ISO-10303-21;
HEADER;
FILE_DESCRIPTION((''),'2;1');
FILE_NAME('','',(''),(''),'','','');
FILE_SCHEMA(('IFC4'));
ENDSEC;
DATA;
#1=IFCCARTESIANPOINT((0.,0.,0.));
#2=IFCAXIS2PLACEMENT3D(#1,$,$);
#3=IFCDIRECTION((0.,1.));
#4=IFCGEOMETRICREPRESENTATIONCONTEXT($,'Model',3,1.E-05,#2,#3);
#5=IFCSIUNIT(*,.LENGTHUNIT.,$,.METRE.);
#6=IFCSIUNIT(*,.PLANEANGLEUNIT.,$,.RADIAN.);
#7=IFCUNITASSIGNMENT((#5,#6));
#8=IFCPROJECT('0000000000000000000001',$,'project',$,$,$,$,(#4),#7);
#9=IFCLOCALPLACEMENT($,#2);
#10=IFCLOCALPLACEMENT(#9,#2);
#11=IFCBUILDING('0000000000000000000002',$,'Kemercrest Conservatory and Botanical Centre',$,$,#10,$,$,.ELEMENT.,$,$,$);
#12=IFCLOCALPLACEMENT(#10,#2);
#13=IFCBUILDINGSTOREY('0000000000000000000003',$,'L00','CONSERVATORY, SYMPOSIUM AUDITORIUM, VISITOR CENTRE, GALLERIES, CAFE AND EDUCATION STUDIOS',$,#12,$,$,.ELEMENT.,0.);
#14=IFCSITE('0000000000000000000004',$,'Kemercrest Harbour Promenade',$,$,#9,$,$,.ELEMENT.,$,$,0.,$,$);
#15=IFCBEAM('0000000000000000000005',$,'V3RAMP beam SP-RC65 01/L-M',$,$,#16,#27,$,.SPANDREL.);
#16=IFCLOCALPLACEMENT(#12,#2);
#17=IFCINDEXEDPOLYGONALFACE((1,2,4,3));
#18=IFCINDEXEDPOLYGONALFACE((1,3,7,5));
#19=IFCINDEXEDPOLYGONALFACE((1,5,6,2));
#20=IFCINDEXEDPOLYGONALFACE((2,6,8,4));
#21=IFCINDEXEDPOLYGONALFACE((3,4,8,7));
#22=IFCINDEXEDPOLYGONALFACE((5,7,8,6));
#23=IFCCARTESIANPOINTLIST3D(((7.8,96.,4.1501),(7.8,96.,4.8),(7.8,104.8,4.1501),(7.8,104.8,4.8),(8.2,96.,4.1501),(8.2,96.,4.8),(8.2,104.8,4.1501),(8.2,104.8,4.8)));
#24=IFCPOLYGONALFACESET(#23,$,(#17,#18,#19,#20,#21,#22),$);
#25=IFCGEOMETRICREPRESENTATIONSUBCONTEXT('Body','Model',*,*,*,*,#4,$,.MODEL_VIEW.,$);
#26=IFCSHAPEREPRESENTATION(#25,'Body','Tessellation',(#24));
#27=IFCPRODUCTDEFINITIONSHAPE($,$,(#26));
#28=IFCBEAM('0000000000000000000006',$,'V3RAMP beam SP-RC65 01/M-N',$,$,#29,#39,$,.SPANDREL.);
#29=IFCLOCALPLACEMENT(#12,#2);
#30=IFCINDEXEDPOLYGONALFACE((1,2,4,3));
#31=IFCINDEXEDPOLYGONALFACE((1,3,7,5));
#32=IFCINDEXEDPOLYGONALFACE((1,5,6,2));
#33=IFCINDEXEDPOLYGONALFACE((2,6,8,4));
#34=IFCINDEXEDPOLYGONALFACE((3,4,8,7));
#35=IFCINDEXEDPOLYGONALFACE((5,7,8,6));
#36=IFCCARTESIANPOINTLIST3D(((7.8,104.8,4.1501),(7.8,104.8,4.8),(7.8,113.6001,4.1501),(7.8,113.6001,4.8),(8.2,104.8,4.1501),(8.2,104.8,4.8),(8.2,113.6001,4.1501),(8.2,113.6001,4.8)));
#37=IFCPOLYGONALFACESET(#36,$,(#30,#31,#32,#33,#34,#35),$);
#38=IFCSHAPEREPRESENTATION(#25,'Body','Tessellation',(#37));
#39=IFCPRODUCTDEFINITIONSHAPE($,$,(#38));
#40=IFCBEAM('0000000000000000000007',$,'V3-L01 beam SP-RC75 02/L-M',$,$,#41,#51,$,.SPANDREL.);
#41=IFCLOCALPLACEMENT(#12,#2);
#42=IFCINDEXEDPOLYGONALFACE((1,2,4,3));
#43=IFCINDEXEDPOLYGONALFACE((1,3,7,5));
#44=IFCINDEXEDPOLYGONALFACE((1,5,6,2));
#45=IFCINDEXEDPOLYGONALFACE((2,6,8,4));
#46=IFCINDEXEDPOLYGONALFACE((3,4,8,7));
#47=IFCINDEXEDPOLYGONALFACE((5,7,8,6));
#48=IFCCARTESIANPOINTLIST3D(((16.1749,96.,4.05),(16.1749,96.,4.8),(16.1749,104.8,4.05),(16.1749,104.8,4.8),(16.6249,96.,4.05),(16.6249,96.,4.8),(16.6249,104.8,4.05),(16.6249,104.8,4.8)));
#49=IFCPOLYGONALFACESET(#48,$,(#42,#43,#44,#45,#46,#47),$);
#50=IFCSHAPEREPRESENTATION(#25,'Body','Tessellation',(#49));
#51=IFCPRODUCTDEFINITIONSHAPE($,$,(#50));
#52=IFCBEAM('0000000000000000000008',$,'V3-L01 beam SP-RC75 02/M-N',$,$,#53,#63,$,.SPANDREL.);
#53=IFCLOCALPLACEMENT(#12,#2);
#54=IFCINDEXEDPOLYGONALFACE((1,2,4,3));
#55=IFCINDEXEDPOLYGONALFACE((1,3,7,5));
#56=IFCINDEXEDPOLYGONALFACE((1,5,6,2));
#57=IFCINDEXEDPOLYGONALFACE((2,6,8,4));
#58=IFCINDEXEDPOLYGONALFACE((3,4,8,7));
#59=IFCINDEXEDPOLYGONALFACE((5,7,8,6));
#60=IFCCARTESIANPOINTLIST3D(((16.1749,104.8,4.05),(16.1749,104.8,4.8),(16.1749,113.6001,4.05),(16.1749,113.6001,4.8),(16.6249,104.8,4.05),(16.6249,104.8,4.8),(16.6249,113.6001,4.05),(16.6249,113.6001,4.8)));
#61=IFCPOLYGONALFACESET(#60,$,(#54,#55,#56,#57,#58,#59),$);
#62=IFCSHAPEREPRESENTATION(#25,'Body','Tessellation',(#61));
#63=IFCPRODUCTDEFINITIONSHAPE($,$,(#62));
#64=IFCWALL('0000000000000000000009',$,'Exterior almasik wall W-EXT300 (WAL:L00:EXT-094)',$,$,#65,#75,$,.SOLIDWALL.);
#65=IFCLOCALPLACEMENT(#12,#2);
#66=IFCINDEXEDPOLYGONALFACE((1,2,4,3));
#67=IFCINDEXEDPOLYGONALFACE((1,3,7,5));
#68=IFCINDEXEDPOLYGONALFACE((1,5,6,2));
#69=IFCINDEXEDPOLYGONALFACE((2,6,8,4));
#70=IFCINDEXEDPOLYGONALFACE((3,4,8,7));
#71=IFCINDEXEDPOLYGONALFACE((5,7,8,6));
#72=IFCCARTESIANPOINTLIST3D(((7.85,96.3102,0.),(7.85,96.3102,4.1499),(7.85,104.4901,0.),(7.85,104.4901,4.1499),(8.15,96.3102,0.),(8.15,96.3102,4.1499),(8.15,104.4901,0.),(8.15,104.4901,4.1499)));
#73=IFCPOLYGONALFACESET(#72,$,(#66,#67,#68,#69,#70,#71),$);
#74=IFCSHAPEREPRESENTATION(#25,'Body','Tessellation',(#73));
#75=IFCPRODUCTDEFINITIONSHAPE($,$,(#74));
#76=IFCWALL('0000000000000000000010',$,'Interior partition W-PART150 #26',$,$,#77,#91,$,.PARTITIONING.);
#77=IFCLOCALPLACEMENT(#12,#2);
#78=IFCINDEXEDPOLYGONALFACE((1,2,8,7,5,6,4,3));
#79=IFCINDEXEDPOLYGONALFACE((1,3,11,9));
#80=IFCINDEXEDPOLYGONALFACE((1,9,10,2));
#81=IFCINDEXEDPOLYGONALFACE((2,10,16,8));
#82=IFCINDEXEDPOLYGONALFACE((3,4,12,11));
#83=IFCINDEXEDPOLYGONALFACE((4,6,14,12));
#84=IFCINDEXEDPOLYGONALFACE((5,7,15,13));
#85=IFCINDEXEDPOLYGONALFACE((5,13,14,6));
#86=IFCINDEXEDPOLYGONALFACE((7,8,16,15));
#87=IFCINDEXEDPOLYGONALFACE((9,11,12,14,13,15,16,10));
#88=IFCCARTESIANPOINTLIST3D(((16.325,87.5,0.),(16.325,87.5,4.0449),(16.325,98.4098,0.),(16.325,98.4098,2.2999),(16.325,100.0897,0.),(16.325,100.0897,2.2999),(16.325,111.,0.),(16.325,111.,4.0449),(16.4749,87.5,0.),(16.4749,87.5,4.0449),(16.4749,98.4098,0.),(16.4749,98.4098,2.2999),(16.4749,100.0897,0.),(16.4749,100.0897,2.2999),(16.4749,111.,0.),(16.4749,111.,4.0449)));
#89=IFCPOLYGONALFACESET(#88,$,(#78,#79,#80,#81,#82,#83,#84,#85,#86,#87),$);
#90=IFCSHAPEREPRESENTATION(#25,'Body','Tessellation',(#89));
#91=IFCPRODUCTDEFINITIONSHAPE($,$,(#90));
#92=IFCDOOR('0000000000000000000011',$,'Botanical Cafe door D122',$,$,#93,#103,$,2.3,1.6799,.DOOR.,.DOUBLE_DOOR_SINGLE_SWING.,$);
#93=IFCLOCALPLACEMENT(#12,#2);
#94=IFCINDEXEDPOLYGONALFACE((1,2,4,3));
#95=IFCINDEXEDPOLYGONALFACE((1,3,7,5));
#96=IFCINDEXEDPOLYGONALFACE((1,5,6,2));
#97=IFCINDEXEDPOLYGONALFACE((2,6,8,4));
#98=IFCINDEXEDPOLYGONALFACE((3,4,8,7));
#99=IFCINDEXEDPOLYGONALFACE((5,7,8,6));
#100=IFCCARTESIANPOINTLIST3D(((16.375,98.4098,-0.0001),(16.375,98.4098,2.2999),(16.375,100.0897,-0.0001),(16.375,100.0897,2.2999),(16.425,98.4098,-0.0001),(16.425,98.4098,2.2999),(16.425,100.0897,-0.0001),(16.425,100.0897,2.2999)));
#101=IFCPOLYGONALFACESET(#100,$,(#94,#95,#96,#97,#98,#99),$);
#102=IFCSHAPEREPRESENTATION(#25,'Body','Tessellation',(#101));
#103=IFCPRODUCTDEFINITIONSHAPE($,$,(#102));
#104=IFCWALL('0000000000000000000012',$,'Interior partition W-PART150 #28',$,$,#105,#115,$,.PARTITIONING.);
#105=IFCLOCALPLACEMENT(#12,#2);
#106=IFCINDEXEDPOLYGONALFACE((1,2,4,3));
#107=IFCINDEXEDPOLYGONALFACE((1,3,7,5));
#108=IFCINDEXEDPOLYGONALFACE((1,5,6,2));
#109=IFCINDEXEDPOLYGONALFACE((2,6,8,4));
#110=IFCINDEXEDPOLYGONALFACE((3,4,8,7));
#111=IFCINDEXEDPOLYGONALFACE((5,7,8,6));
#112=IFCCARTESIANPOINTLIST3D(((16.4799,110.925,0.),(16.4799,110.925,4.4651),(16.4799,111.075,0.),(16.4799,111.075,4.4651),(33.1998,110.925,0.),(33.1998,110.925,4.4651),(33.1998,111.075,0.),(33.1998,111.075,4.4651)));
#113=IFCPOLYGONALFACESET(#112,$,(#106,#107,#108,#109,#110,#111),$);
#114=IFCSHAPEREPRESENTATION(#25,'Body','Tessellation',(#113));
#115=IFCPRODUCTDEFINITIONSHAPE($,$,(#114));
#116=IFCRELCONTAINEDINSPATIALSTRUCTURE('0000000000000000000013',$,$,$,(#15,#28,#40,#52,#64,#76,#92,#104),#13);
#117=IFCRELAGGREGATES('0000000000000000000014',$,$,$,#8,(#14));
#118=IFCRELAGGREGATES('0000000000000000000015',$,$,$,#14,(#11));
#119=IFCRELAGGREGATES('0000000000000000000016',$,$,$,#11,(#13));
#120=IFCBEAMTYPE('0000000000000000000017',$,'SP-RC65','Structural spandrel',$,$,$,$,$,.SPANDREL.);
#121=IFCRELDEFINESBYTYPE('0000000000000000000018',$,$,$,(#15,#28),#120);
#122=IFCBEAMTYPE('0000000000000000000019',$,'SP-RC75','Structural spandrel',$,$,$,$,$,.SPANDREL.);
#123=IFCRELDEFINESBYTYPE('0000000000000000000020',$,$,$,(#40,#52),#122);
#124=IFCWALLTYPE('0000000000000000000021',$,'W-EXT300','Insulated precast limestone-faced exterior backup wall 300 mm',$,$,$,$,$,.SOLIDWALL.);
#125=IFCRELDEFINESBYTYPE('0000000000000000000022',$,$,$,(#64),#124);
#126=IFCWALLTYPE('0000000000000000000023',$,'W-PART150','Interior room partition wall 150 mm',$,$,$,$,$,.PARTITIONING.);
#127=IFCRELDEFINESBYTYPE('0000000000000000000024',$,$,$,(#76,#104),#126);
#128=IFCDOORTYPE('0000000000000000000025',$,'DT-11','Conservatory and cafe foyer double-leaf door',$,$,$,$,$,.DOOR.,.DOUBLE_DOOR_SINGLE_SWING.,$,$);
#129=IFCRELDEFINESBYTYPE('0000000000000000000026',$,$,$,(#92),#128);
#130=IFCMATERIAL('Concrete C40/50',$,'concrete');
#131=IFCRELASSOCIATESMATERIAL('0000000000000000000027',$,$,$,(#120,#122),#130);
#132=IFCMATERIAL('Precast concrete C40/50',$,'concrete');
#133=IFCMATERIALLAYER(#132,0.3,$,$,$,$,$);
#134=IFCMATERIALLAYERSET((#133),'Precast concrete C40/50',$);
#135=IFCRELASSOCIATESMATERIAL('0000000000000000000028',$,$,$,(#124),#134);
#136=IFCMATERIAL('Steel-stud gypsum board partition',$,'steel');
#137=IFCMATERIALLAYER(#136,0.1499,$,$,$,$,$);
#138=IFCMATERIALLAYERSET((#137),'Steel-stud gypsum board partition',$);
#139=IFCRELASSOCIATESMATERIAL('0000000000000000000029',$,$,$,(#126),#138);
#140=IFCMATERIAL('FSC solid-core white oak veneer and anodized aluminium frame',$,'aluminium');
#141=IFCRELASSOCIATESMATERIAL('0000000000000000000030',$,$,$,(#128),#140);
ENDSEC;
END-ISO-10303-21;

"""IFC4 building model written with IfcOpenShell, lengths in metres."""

from ifc_helpers import new_model, si_unit, direction, frame, frame_2d, origin, origin_2d, place, context, subcontext, project, spatial, rectangle, extrude, material, layer, layer_set, material_profile, profile_set, type_object, element, fill, save


model = new_model("IFC4")

# Units and contexts
model_context = context("Model", 3, precision=1e-05, world=origin(), true_north=direction((0.0, 1.0)))
body_context = subcontext(model_context, "Body", "Model", "MODEL_VIEW")
ifc_project = project(units=[si_unit("LENGTHUNIT", "METRE"), si_unit("PLANEANGLEUNIT", "RADIAN")], contexts=[model_context])

# Site, building, storey
site_placement = place(None, origin())
site = spatial("IfcSite", under=ifc_project, at=site_placement, Name="Kemercrest Harbour Promenade", CompositionType="ELEMENT", RefElevation=0.0)
building_placement = place(site_placement, origin())
building = spatial("IfcBuilding", under=site, at=building_placement, Name="Kemercrest Conservatory and Botanical Centre", CompositionType="ELEMENT")
storey_placement = place(building_placement, origin())
storey = spatial("IfcBuildingStorey", under=building, at=storey_placement, Name="L00", Description="CONSERVATORY, SYMPOSIUM AUDITORIUM, VISITOR CENTRE, GALLERIES, CAFE AND EDUCATION STUDIOS", CompositionType="ELEMENT", Elevation=0.0)

# Shared definitions
ifc_material_1 = material(Name="Concrete C40/50", Category="concrete")

# Beams
ifc_material_profile_1 = material_profile(ifc_material_1, rectangle(XDim=0.3999, YDim=0.6499, at=origin_2d()), Name="RC 400x650")
ifc_profile_set_1 = profile_set([ifc_material_profile_1], Name="Concrete C40/50")
beam_type_1 = type_object("IfcBeamType", Name="SP-RC65", Description="Structural spandrel", PredefinedType="SPANDREL", material=ifc_profile_set_1)
for number, where, z_axis, x_axis, name in (
    (1, (8.0, 96.0, 4.4751), (0.0, 1.0, 0.0), (-1.0, 0.0, 0.0), "V3RAMP beam SP-RC65 01/L-M"),
    (2, (8.0, 104.8, 4.4751), (0.0, 1.0, 0.0), (-1.0, 0.0, 0.0), "V3RAMP beam SP-RC65 01/M-N"),
):
    element("IfcBeam", number, at=place(storey_placement, frame(where, z_axis=z_axis, x_axis=x_axis)), inside=storey, type_object=beam_type_1, Name=name, PredefinedType="SPANDREL", context=body_context, shape_type="SweptSolid", body=[
        extrude(rectangle(XDim=0.3999, YDim=0.6499, at=origin_2d()), origin(), (0.0, 0.0, 1.0), 8.8),
    ])
ifc_material_profile_2 = material_profile(ifc_material_1, rectangle(XDim=0.45, YDim=0.75, at=origin_2d()), Name="RC 450x750")
ifc_profile_set_2 = profile_set([ifc_material_profile_2], Name="Concrete C40/50")
beam_type_2 = type_object("IfcBeamType", Name="SP-RC75", Description="Structural spandrel", PredefinedType="SPANDREL", material=ifc_profile_set_2)
for number, where, z_axis, x_axis, name in (
    (3, (16.3999, 96.0, 4.425), (0.0, 1.0, 0.0), (-1.0, 0.0, 0.0), "V3-L01 beam SP-RC75 02/L-M"),
    (4, (16.3999, 104.8, 4.425), (0.0, 1.0, 0.0), (-1.0, 0.0, 0.0), "V3-L01 beam SP-RC75 02/M-N"),
):
    element("IfcBeam", number, at=place(storey_placement, frame(where, z_axis=z_axis, x_axis=x_axis)), inside=storey, type_object=beam_type_2, Name=name, PredefinedType="SPANDREL", context=body_context, shape_type="SweptSolid", body=[
        extrude(rectangle(XDim=0.45, YDim=0.75, at=origin_2d()), origin(), (0.0, 0.0, 1.0), 8.8),
    ])

# Wall
ifc_material_2 = material(Name="Precast concrete C40/50", Category="concrete")
ifc_layer_1 = layer(ifc_material_2, 0.3)
ifc_layer_set_1 = layer_set([ifc_layer_1], Name="Precast concrete C40/50")
wall_type_1 = type_object("IfcWallType", Name="W-EXT300", Description="Insulated precast limestone-faced exterior backup wall 300 mm", PredefinedType="SOLIDWALL", material=ifc_layer_set_1)
for number, where, z_axis, x_axis, name in (
    (5, (8.0, 104.49, 0.0), (0.0, 0.0, 1.0), (0.0, -1.0, 0.0), "Exterior almasik wall W-EXT300 (WAL:L00:EXT-094)"),
):
    element("IfcWall", number, at=place(storey_placement, frame(where, z_axis=z_axis, x_axis=x_axis)), inside=storey, type_object=wall_type_1, Name=name, PredefinedType="SOLIDWALL", context=body_context, shape_type="SweptSolid", body=[
        extrude(rectangle(XDim=8.1799, YDim=0.3, at=frame_2d((4.0898, 0.0))), origin(), (0.0, 0.0, 1.0), 4.1499),
    ])

# Wall, opening, door
ifc_material_3 = material(Name="Steel-stud gypsum board partition", Category="steel")
ifc_layer_2 = layer(ifc_material_3, 0.1499)
ifc_layer_set_2 = layer_set([ifc_layer_2], Name="Steel-stud gypsum board partition")
wall_type_2 = type_object("IfcWallType", Name="W-PART150", Description="Interior room partition wall 150 mm", PredefinedType="PARTITIONING", material=ifc_layer_set_2)
wall_1_placement = place(storey_placement, frame((16.3999, 87.5, 0.0), z_axis=(0.0, 0.0, 1.0), x_axis=(0.0, 1.0, 0.0)))
wall_1 = element("IfcWall", 6, at=wall_1_placement, inside=storey, type_object=wall_type_2, Name="Interior partition W-PART150 #26", PredefinedType="PARTITIONING", context=body_context, shape_type="SweptSolid", body=[
    extrude(rectangle(XDim=23.5, YDim=0.1499, at=frame_2d((11.75, 0.0))), origin(), (0.0, 0.0, 1.0), 4.0449),
])
opening_placement = place(wall_1_placement, frame((10.9099, 0.0, 0.0)))
opening = element("IfcOpeningElement", 7, at=opening_placement, cuts=wall_1, PredefinedType="OPENING", context=body_context, shape_type="SweptSolid", body=[
    extrude(rectangle(XDim=1.6799, YDim=2.3, at=frame_2d((0.8398, 1.1499))), frame((0.0, 0.085, 0.0), z_axis=(0.0, -1.0, 0.0), x_axis=(1.0, 0.0, 0.0)), (0.0, 0.0, 1.0), 0.1699),
])
ifc_material_4 = material(Name="FSC solid-core white oak veneer and anodized aluminium frame", Category="aluminium")
door_type = type_object("IfcDoorType", Name="DT-11", Description="Conservatory and cafe foyer double-leaf door", OperationType="DOUBLE_DOOR_SINGLE_SWING", PredefinedType="DOOR", material=ifc_material_4)
door_placement = place(opening_placement, origin())
door = element("IfcDoor", 8, at=door_placement, inside=storey, type_object=door_type, Name="Botanical Cafe door D122", OperationType="DOUBLE_DOOR_SINGLE_SWING", OverallHeight=2.3, OverallWidth=1.6799, PredefinedType="DOOR", context=body_context, shape_type="SweptSolid", body=[
    extrude(rectangle(XDim=1.6799, YDim=2.3, at=frame_2d((0.8398, 1.1499))), frame((0.0, 0.0249, 0.0), z_axis=(0.0, -1.0, 0.0), x_axis=(1.0, 0.0, 0.0)), (0.0, 0.0, 1.0), 0.05),
])
fill(opening, door)

# Wall
wall_2_placement = place(storey_placement, frame((16.48, 111.0, 0.0), z_axis=(0.0, 0.0, 1.0), x_axis=(1.0, 0.0, 0.0)))
element("IfcWall", 9, at=wall_2_placement, inside=storey, type_object=wall_type_2, Name="Interior partition W-PART150 #28", PredefinedType="PARTITIONING", context=body_context, shape_type="SweptSolid", body=[
    extrude(rectangle(XDim=16.72, YDim=0.1499, at=frame_2d((8.3599, 0.0))), origin(), (0.0, 0.0, 1.0), 4.4651),
])

save(model, "model.ifc")
